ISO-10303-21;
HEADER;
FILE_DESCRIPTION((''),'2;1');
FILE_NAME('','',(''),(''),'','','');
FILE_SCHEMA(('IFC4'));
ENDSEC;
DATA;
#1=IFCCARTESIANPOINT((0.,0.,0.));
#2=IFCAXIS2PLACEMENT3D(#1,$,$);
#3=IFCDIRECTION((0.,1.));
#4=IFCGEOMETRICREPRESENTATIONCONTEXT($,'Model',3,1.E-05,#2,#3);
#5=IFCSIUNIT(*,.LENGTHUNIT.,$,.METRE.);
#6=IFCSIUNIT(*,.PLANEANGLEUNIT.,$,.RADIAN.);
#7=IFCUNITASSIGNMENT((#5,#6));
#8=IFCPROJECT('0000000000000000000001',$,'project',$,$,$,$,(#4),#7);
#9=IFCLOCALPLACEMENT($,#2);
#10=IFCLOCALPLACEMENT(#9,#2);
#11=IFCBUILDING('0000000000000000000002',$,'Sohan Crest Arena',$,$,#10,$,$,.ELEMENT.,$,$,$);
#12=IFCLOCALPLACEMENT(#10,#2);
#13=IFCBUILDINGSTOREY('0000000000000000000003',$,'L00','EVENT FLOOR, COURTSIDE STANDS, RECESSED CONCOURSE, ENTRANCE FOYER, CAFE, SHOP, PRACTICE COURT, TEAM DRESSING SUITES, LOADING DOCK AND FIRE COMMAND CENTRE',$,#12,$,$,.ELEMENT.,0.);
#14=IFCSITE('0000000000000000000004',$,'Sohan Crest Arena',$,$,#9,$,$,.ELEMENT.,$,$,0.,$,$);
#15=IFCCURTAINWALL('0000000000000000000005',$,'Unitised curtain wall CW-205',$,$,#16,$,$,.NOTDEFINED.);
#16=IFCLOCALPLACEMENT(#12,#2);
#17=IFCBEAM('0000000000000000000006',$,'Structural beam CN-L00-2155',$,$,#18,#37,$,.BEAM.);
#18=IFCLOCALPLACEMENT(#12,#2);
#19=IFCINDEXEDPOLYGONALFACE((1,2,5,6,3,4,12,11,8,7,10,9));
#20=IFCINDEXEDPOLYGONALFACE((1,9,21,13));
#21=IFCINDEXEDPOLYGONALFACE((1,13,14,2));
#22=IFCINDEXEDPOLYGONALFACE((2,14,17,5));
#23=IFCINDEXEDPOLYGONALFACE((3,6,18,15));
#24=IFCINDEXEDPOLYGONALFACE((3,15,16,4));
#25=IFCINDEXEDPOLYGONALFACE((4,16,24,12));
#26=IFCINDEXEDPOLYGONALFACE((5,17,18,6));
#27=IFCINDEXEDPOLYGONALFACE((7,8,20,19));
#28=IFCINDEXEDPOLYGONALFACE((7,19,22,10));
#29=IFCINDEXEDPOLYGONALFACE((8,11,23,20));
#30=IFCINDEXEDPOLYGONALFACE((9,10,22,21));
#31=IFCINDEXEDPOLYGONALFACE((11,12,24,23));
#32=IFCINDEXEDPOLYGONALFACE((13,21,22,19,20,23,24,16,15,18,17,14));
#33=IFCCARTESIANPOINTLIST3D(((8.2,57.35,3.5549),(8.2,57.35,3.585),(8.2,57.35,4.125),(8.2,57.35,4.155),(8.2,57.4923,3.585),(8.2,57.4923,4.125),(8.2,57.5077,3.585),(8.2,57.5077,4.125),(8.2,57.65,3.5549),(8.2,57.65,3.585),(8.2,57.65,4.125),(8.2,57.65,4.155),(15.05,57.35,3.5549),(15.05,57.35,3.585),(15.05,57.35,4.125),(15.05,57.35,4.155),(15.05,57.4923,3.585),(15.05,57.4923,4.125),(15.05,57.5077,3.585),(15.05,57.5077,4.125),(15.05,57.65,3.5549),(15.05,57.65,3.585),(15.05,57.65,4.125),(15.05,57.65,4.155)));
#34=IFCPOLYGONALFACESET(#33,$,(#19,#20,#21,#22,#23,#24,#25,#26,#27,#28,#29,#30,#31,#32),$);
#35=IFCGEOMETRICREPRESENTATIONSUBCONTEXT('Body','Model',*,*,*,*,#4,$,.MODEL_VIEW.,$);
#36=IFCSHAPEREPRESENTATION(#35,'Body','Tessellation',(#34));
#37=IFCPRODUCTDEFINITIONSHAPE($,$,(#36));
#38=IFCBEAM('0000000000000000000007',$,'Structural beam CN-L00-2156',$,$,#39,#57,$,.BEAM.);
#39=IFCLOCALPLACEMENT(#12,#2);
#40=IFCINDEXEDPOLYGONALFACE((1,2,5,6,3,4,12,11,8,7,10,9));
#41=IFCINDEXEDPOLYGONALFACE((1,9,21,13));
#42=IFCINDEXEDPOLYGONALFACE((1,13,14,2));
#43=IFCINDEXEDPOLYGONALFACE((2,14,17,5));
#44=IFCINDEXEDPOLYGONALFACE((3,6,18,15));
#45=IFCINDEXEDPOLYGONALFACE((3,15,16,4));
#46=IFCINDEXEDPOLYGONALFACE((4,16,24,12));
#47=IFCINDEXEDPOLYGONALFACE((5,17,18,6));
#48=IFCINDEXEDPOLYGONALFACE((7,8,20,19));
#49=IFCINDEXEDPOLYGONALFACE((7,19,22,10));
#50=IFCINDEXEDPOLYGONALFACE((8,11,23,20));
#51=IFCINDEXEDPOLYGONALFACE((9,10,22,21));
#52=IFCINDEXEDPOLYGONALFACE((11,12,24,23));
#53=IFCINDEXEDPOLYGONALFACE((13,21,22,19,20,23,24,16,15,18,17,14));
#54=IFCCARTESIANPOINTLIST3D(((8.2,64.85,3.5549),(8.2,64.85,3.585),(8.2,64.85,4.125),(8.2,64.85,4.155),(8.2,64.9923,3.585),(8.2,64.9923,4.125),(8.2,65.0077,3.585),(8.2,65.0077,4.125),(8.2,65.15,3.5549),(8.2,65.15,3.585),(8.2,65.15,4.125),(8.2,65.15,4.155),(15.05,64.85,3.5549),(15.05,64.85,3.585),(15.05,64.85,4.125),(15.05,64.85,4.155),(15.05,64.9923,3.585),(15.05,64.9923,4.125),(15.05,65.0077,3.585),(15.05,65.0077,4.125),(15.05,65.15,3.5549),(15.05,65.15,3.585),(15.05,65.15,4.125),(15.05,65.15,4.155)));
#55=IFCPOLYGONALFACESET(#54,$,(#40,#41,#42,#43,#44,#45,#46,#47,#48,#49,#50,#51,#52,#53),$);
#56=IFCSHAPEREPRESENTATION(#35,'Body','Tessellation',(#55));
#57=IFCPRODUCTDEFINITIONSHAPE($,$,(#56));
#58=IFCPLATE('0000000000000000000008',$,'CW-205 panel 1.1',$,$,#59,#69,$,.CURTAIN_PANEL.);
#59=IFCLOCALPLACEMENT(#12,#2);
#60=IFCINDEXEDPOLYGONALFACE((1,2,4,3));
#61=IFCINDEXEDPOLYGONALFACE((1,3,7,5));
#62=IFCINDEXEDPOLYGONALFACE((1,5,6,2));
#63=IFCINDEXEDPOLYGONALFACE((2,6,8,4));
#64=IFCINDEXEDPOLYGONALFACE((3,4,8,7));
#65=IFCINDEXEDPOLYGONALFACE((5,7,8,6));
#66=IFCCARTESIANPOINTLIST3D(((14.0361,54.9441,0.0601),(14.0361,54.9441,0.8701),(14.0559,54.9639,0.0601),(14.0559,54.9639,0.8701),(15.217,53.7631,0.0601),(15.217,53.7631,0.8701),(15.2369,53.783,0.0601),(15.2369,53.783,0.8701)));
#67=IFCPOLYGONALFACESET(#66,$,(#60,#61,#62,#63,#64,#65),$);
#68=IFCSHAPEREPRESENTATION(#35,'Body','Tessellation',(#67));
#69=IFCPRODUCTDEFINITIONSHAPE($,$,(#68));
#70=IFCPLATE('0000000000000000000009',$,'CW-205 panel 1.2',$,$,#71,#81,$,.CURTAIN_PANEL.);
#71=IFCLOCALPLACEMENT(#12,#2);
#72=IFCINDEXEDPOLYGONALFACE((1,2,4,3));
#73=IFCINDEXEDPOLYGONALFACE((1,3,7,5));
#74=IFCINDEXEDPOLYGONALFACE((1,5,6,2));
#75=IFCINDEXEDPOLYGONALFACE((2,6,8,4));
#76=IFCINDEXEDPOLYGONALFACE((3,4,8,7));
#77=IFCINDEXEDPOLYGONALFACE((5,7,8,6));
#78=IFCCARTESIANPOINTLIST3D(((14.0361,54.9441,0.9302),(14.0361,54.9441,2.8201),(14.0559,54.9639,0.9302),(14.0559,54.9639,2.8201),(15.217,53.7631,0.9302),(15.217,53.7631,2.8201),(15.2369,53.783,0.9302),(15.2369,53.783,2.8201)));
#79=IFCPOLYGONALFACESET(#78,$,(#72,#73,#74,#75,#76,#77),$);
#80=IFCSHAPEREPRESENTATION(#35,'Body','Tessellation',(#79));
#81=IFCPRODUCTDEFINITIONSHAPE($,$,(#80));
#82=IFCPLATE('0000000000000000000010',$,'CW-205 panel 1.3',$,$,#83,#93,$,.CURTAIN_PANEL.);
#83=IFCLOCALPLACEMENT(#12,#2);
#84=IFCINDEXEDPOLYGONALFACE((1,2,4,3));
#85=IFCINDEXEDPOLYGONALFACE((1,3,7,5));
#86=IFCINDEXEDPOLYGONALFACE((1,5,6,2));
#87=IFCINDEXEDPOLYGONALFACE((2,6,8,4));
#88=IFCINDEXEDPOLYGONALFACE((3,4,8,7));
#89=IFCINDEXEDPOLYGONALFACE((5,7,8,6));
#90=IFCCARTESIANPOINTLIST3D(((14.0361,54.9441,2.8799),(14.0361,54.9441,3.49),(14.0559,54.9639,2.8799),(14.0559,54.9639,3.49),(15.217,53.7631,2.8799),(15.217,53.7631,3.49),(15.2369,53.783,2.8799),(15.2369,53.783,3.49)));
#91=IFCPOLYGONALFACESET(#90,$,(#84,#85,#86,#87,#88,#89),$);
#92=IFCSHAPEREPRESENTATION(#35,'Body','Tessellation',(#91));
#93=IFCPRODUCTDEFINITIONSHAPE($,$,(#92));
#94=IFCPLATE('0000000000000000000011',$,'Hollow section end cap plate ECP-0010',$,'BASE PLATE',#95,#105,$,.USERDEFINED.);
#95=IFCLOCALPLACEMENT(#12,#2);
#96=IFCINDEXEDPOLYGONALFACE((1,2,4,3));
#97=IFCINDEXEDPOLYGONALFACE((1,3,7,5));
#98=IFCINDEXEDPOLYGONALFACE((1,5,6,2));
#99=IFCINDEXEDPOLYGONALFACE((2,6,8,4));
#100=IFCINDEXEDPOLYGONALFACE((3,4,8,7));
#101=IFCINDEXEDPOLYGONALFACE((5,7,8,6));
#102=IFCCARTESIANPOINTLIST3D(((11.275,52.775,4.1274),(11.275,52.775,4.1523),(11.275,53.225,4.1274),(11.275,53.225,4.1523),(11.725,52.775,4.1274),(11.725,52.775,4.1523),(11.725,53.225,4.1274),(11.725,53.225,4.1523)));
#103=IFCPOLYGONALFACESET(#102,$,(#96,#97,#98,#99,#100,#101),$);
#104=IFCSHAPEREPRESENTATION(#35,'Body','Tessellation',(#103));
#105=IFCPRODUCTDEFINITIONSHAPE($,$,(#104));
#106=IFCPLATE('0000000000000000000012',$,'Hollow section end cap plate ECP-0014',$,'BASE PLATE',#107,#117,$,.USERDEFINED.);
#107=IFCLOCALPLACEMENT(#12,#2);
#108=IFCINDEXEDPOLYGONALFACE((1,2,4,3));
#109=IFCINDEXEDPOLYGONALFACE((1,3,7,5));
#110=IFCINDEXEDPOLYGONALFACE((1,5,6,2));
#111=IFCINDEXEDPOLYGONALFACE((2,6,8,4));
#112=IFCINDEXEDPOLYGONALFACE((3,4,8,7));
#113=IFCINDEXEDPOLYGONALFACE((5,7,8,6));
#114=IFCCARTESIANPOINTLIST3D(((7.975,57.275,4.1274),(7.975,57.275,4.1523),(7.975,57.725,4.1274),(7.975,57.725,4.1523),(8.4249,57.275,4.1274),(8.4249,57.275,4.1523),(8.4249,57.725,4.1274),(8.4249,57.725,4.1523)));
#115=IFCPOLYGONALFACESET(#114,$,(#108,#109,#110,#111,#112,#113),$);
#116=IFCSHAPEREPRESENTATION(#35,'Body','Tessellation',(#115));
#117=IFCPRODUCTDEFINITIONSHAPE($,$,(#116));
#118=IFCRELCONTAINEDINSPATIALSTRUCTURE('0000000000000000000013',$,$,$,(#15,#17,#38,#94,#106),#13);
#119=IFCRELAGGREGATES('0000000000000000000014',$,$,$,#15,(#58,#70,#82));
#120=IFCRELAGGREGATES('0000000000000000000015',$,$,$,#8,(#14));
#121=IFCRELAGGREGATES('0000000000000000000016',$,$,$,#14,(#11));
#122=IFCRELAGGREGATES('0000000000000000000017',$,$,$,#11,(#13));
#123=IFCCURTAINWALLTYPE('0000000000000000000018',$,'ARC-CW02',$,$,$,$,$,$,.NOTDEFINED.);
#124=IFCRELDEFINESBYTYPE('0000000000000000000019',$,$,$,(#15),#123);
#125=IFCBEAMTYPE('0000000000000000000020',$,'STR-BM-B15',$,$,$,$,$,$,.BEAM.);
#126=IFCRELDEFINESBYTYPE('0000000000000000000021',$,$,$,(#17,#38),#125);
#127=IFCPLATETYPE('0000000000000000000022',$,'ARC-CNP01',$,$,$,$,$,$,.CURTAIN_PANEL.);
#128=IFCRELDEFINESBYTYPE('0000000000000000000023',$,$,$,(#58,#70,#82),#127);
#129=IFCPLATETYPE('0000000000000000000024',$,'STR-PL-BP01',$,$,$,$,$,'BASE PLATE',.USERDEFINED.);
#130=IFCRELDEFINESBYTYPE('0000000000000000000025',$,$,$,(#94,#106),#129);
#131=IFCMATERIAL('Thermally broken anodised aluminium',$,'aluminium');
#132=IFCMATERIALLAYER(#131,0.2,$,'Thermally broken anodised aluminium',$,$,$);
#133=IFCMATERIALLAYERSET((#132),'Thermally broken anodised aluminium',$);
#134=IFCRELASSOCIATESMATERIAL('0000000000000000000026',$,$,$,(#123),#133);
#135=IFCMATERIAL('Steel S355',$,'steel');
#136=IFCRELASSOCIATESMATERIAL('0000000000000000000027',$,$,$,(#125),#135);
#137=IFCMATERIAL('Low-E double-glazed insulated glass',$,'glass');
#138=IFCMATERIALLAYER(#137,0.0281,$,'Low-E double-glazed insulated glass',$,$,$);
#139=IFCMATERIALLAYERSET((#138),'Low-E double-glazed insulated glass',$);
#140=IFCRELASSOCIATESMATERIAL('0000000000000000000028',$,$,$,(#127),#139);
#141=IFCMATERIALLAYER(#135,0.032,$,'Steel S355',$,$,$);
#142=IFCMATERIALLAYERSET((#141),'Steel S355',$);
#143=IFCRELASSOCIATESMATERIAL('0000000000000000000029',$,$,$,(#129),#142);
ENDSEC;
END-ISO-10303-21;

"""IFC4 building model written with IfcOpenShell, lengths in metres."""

from ifc_helpers import new_model, si_unit, direction, frame, origin, origin_2d, place, context, subcontext, project, spatial, rectangle, i_section, extrude, material, layer, layer_set, material_profile, profile_set, type_object, element, aggregate, save


model = new_model("IFC4")

# Units and contexts
model_context = context("Model", 3, precision=1e-05, world=origin(), true_north=direction((0.0, 1.0)))
body_context = subcontext(model_context, "Body", "Model", "MODEL_VIEW")
ifc_project = project(units=[si_unit("LENGTHUNIT", "METRE"), si_unit("PLANEANGLEUNIT", "RADIAN")], contexts=[model_context])

# Site, building, storey
site_placement = place(None, origin())
site = spatial("IfcSite", under=ifc_project, at=site_placement, Name="Sohan Crest Arena", CompositionType="ELEMENT", RefElevation=0.0)
building_placement = place(site_placement, origin())
building = spatial("IfcBuilding", under=site, at=building_placement, Name="Sohan Crest Arena", CompositionType="ELEMENT")
storey_placement = place(building_placement, origin())
storey = spatial("IfcBuildingStorey", under=building, at=storey_placement, Name="L00", Description="EVENT FLOOR, COURTSIDE STANDS, RECESSED CONCOURSE, ENTRANCE FOYER, CAFE, SHOP, PRACTICE COURT, TEAM DRESSING SUITES, LOADING DOCK AND FIRE COMMAND CENTRE", CompositionType="ELEMENT", Elevation=0.0)

# Shared definitions
ifc_material_1 = material(Name="Steel S355", Category="steel")

# Curtain wall
ifc_material_2 = material(Name="Thermally broken anodised aluminium", Category="aluminium")
ifc_layer_1 = layer(ifc_material_2, 0.2, Name="Thermally broken anodised aluminium")
ifc_layer_set_1 = layer_set([ifc_layer_1], Name="Thermally broken anodised aluminium")
curtain_wall_type = type_object("IfcCurtainWallType", Name="ARC-CW02", PredefinedType="NOTDEFINED", material=ifc_layer_set_1)
curtain_wall_placement = place(storey_placement, origin())
curtain_wall = element("IfcCurtainWall", 1, at=curtain_wall_placement, inside=storey, type_object=curtain_wall_type, Name="Unitised curtain wall CW-205", PredefinedType="NOTDEFINED")

# Beams
ifc_material_profile_1 = material_profile(ifc_material_1, i_section(OverallWidth=0.3, OverallDepth=0.6001, WebThickness=0.0154, FlangeThickness=0.03, at=origin_2d()), Name="HEB 600")
ifc_profile_set_1 = profile_set([ifc_material_profile_1], Name="Steel S355")
beam_type_1 = type_object("IfcBeamType", Name="STR-BM-B15", PredefinedType="BEAM", material=ifc_profile_set_1)
for number, where, z_axis, x_axis, name in (
    (2, (8.2, 57.5, 3.855), (1.0, 0.0, 0.0), (0.0, 1.0, 0.0), "Structural beam CN-L00-2155"),
    (3, (8.2, 65.0, 3.855), (1.0, 0.0, 0.0), (0.0, 1.0, 0.0), "Structural beam CN-L00-2156"),
):
    element("IfcBeam", number, at=place(storey_placement, frame(where, z_axis=z_axis, x_axis=x_axis)), inside=storey, type_object=beam_type_1, Name=name, PredefinedType="BEAM", context=body_context, shape_type="SweptSolid", body=[
        extrude(i_section(OverallWidth=0.3, OverallDepth=0.6001, WebThickness=0.0154, FlangeThickness=0.03, at=origin_2d()), origin(), (0.0, 0.0, 1.0), 6.8501),
    ])

# Plates
ifc_material_3 = material(Name="Low-E double-glazed insulated glass", Category="glass")
ifc_layer_2 = layer(ifc_material_3, 0.0281, Name="Low-E double-glazed insulated glass")
ifc_layer_set_2 = layer_set([ifc_layer_2], Name="Low-E double-glazed insulated glass")
plate_type_1 = type_object("IfcPlateType", Name="ARC-CNP01", PredefinedType="CURTAIN_PANEL", material=ifc_layer_set_2)
plate_1_placement = place(storey_placement, frame((14.6365, 54.3635, 0.0601), z_axis=(0.0, 0.0, 1.0), x_axis=(0.707107, -0.707107, 0.0)))
plate_1 = element("IfcPlate", 4, at=plate_1_placement, type_object=plate_type_1, Name="CW-205 panel 1.1", PredefinedType="CURTAIN_PANEL", context=body_context, shape_type="SweptSolid", body=[
    extrude(rectangle(XDim=1.6702, YDim=0.0281, at=origin_2d()), origin(), (0.0, 0.0, 1.0), 0.8101),
])
plate_2_placement = place(storey_placement, frame((14.6365, 54.3635, 0.9302), z_axis=(0.0, 0.0, 1.0), x_axis=(0.707107, -0.707107, 0.0)))
plate_2 = element("IfcPlate", 5, at=plate_2_placement, type_object=plate_type_1, Name="CW-205 panel 1.2", PredefinedType="CURTAIN_PANEL", context=body_context, shape_type="SweptSolid", body=[
    extrude(rectangle(XDim=1.6702, YDim=0.0281, at=origin_2d()), origin(), (0.0, 0.0, 1.0), 1.8899),
])
plate_3_placement = place(storey_placement, frame((14.6365, 54.3635, 2.8799), z_axis=(0.0, 0.0, 1.0), x_axis=(0.707107, -0.707107, 0.0)))
plate_3 = element("IfcPlate", 6, at=plate_3_placement, type_object=plate_type_1, Name="CW-205 panel 1.3", PredefinedType="CURTAIN_PANEL", context=body_context, shape_type="SweptSolid", body=[
    extrude(rectangle(XDim=1.6702, YDim=0.0281, at=origin_2d()), origin(), (0.0, 0.0, 1.0), 0.6101),
])
aggregate(curtain_wall, [plate_1, plate_2, plate_3])

# Plates
ifc_layer_3 = layer(ifc_material_1, 0.032, Name="Steel S355")
ifc_layer_set_3 = layer_set([ifc_layer_3], Name="Steel S355")
plate_type_2 = type_object("IfcPlateType", Name="STR-PL-BP01", ElementType="BASE PLATE", PredefinedType="USERDEFINED", material=ifc_layer_set_3)
for number, where, z_axis, x_axis, name in (
    (7, (11.5, 53.0, 4.1274), (0.0, 0.0, 1.0), (1.0, 0.0, 0.0), "Hollow section end cap plate ECP-0010"),
    (8, (8.2, 57.5, 4.1274), (0.0, 0.0, 1.0), (1.0, 0.0, 0.0), "Hollow section end cap plate ECP-0014"),
):
    element("IfcPlate", number, at=place(storey_placement, frame(where, z_axis=z_axis, x_axis=x_axis)), inside=storey, type_object=plate_type_2, Name=name, ObjectType="BASE PLATE", PredefinedType="USERDEFINED", context=body_context, shape_type="SweptSolid", body=[
        extrude(rectangle(XDim=0.45, YDim=0.45, at=origin_2d()), origin(), (0.0, 0.0, 1.0), 0.0249),
    ])

save(model, "model.ifc")
